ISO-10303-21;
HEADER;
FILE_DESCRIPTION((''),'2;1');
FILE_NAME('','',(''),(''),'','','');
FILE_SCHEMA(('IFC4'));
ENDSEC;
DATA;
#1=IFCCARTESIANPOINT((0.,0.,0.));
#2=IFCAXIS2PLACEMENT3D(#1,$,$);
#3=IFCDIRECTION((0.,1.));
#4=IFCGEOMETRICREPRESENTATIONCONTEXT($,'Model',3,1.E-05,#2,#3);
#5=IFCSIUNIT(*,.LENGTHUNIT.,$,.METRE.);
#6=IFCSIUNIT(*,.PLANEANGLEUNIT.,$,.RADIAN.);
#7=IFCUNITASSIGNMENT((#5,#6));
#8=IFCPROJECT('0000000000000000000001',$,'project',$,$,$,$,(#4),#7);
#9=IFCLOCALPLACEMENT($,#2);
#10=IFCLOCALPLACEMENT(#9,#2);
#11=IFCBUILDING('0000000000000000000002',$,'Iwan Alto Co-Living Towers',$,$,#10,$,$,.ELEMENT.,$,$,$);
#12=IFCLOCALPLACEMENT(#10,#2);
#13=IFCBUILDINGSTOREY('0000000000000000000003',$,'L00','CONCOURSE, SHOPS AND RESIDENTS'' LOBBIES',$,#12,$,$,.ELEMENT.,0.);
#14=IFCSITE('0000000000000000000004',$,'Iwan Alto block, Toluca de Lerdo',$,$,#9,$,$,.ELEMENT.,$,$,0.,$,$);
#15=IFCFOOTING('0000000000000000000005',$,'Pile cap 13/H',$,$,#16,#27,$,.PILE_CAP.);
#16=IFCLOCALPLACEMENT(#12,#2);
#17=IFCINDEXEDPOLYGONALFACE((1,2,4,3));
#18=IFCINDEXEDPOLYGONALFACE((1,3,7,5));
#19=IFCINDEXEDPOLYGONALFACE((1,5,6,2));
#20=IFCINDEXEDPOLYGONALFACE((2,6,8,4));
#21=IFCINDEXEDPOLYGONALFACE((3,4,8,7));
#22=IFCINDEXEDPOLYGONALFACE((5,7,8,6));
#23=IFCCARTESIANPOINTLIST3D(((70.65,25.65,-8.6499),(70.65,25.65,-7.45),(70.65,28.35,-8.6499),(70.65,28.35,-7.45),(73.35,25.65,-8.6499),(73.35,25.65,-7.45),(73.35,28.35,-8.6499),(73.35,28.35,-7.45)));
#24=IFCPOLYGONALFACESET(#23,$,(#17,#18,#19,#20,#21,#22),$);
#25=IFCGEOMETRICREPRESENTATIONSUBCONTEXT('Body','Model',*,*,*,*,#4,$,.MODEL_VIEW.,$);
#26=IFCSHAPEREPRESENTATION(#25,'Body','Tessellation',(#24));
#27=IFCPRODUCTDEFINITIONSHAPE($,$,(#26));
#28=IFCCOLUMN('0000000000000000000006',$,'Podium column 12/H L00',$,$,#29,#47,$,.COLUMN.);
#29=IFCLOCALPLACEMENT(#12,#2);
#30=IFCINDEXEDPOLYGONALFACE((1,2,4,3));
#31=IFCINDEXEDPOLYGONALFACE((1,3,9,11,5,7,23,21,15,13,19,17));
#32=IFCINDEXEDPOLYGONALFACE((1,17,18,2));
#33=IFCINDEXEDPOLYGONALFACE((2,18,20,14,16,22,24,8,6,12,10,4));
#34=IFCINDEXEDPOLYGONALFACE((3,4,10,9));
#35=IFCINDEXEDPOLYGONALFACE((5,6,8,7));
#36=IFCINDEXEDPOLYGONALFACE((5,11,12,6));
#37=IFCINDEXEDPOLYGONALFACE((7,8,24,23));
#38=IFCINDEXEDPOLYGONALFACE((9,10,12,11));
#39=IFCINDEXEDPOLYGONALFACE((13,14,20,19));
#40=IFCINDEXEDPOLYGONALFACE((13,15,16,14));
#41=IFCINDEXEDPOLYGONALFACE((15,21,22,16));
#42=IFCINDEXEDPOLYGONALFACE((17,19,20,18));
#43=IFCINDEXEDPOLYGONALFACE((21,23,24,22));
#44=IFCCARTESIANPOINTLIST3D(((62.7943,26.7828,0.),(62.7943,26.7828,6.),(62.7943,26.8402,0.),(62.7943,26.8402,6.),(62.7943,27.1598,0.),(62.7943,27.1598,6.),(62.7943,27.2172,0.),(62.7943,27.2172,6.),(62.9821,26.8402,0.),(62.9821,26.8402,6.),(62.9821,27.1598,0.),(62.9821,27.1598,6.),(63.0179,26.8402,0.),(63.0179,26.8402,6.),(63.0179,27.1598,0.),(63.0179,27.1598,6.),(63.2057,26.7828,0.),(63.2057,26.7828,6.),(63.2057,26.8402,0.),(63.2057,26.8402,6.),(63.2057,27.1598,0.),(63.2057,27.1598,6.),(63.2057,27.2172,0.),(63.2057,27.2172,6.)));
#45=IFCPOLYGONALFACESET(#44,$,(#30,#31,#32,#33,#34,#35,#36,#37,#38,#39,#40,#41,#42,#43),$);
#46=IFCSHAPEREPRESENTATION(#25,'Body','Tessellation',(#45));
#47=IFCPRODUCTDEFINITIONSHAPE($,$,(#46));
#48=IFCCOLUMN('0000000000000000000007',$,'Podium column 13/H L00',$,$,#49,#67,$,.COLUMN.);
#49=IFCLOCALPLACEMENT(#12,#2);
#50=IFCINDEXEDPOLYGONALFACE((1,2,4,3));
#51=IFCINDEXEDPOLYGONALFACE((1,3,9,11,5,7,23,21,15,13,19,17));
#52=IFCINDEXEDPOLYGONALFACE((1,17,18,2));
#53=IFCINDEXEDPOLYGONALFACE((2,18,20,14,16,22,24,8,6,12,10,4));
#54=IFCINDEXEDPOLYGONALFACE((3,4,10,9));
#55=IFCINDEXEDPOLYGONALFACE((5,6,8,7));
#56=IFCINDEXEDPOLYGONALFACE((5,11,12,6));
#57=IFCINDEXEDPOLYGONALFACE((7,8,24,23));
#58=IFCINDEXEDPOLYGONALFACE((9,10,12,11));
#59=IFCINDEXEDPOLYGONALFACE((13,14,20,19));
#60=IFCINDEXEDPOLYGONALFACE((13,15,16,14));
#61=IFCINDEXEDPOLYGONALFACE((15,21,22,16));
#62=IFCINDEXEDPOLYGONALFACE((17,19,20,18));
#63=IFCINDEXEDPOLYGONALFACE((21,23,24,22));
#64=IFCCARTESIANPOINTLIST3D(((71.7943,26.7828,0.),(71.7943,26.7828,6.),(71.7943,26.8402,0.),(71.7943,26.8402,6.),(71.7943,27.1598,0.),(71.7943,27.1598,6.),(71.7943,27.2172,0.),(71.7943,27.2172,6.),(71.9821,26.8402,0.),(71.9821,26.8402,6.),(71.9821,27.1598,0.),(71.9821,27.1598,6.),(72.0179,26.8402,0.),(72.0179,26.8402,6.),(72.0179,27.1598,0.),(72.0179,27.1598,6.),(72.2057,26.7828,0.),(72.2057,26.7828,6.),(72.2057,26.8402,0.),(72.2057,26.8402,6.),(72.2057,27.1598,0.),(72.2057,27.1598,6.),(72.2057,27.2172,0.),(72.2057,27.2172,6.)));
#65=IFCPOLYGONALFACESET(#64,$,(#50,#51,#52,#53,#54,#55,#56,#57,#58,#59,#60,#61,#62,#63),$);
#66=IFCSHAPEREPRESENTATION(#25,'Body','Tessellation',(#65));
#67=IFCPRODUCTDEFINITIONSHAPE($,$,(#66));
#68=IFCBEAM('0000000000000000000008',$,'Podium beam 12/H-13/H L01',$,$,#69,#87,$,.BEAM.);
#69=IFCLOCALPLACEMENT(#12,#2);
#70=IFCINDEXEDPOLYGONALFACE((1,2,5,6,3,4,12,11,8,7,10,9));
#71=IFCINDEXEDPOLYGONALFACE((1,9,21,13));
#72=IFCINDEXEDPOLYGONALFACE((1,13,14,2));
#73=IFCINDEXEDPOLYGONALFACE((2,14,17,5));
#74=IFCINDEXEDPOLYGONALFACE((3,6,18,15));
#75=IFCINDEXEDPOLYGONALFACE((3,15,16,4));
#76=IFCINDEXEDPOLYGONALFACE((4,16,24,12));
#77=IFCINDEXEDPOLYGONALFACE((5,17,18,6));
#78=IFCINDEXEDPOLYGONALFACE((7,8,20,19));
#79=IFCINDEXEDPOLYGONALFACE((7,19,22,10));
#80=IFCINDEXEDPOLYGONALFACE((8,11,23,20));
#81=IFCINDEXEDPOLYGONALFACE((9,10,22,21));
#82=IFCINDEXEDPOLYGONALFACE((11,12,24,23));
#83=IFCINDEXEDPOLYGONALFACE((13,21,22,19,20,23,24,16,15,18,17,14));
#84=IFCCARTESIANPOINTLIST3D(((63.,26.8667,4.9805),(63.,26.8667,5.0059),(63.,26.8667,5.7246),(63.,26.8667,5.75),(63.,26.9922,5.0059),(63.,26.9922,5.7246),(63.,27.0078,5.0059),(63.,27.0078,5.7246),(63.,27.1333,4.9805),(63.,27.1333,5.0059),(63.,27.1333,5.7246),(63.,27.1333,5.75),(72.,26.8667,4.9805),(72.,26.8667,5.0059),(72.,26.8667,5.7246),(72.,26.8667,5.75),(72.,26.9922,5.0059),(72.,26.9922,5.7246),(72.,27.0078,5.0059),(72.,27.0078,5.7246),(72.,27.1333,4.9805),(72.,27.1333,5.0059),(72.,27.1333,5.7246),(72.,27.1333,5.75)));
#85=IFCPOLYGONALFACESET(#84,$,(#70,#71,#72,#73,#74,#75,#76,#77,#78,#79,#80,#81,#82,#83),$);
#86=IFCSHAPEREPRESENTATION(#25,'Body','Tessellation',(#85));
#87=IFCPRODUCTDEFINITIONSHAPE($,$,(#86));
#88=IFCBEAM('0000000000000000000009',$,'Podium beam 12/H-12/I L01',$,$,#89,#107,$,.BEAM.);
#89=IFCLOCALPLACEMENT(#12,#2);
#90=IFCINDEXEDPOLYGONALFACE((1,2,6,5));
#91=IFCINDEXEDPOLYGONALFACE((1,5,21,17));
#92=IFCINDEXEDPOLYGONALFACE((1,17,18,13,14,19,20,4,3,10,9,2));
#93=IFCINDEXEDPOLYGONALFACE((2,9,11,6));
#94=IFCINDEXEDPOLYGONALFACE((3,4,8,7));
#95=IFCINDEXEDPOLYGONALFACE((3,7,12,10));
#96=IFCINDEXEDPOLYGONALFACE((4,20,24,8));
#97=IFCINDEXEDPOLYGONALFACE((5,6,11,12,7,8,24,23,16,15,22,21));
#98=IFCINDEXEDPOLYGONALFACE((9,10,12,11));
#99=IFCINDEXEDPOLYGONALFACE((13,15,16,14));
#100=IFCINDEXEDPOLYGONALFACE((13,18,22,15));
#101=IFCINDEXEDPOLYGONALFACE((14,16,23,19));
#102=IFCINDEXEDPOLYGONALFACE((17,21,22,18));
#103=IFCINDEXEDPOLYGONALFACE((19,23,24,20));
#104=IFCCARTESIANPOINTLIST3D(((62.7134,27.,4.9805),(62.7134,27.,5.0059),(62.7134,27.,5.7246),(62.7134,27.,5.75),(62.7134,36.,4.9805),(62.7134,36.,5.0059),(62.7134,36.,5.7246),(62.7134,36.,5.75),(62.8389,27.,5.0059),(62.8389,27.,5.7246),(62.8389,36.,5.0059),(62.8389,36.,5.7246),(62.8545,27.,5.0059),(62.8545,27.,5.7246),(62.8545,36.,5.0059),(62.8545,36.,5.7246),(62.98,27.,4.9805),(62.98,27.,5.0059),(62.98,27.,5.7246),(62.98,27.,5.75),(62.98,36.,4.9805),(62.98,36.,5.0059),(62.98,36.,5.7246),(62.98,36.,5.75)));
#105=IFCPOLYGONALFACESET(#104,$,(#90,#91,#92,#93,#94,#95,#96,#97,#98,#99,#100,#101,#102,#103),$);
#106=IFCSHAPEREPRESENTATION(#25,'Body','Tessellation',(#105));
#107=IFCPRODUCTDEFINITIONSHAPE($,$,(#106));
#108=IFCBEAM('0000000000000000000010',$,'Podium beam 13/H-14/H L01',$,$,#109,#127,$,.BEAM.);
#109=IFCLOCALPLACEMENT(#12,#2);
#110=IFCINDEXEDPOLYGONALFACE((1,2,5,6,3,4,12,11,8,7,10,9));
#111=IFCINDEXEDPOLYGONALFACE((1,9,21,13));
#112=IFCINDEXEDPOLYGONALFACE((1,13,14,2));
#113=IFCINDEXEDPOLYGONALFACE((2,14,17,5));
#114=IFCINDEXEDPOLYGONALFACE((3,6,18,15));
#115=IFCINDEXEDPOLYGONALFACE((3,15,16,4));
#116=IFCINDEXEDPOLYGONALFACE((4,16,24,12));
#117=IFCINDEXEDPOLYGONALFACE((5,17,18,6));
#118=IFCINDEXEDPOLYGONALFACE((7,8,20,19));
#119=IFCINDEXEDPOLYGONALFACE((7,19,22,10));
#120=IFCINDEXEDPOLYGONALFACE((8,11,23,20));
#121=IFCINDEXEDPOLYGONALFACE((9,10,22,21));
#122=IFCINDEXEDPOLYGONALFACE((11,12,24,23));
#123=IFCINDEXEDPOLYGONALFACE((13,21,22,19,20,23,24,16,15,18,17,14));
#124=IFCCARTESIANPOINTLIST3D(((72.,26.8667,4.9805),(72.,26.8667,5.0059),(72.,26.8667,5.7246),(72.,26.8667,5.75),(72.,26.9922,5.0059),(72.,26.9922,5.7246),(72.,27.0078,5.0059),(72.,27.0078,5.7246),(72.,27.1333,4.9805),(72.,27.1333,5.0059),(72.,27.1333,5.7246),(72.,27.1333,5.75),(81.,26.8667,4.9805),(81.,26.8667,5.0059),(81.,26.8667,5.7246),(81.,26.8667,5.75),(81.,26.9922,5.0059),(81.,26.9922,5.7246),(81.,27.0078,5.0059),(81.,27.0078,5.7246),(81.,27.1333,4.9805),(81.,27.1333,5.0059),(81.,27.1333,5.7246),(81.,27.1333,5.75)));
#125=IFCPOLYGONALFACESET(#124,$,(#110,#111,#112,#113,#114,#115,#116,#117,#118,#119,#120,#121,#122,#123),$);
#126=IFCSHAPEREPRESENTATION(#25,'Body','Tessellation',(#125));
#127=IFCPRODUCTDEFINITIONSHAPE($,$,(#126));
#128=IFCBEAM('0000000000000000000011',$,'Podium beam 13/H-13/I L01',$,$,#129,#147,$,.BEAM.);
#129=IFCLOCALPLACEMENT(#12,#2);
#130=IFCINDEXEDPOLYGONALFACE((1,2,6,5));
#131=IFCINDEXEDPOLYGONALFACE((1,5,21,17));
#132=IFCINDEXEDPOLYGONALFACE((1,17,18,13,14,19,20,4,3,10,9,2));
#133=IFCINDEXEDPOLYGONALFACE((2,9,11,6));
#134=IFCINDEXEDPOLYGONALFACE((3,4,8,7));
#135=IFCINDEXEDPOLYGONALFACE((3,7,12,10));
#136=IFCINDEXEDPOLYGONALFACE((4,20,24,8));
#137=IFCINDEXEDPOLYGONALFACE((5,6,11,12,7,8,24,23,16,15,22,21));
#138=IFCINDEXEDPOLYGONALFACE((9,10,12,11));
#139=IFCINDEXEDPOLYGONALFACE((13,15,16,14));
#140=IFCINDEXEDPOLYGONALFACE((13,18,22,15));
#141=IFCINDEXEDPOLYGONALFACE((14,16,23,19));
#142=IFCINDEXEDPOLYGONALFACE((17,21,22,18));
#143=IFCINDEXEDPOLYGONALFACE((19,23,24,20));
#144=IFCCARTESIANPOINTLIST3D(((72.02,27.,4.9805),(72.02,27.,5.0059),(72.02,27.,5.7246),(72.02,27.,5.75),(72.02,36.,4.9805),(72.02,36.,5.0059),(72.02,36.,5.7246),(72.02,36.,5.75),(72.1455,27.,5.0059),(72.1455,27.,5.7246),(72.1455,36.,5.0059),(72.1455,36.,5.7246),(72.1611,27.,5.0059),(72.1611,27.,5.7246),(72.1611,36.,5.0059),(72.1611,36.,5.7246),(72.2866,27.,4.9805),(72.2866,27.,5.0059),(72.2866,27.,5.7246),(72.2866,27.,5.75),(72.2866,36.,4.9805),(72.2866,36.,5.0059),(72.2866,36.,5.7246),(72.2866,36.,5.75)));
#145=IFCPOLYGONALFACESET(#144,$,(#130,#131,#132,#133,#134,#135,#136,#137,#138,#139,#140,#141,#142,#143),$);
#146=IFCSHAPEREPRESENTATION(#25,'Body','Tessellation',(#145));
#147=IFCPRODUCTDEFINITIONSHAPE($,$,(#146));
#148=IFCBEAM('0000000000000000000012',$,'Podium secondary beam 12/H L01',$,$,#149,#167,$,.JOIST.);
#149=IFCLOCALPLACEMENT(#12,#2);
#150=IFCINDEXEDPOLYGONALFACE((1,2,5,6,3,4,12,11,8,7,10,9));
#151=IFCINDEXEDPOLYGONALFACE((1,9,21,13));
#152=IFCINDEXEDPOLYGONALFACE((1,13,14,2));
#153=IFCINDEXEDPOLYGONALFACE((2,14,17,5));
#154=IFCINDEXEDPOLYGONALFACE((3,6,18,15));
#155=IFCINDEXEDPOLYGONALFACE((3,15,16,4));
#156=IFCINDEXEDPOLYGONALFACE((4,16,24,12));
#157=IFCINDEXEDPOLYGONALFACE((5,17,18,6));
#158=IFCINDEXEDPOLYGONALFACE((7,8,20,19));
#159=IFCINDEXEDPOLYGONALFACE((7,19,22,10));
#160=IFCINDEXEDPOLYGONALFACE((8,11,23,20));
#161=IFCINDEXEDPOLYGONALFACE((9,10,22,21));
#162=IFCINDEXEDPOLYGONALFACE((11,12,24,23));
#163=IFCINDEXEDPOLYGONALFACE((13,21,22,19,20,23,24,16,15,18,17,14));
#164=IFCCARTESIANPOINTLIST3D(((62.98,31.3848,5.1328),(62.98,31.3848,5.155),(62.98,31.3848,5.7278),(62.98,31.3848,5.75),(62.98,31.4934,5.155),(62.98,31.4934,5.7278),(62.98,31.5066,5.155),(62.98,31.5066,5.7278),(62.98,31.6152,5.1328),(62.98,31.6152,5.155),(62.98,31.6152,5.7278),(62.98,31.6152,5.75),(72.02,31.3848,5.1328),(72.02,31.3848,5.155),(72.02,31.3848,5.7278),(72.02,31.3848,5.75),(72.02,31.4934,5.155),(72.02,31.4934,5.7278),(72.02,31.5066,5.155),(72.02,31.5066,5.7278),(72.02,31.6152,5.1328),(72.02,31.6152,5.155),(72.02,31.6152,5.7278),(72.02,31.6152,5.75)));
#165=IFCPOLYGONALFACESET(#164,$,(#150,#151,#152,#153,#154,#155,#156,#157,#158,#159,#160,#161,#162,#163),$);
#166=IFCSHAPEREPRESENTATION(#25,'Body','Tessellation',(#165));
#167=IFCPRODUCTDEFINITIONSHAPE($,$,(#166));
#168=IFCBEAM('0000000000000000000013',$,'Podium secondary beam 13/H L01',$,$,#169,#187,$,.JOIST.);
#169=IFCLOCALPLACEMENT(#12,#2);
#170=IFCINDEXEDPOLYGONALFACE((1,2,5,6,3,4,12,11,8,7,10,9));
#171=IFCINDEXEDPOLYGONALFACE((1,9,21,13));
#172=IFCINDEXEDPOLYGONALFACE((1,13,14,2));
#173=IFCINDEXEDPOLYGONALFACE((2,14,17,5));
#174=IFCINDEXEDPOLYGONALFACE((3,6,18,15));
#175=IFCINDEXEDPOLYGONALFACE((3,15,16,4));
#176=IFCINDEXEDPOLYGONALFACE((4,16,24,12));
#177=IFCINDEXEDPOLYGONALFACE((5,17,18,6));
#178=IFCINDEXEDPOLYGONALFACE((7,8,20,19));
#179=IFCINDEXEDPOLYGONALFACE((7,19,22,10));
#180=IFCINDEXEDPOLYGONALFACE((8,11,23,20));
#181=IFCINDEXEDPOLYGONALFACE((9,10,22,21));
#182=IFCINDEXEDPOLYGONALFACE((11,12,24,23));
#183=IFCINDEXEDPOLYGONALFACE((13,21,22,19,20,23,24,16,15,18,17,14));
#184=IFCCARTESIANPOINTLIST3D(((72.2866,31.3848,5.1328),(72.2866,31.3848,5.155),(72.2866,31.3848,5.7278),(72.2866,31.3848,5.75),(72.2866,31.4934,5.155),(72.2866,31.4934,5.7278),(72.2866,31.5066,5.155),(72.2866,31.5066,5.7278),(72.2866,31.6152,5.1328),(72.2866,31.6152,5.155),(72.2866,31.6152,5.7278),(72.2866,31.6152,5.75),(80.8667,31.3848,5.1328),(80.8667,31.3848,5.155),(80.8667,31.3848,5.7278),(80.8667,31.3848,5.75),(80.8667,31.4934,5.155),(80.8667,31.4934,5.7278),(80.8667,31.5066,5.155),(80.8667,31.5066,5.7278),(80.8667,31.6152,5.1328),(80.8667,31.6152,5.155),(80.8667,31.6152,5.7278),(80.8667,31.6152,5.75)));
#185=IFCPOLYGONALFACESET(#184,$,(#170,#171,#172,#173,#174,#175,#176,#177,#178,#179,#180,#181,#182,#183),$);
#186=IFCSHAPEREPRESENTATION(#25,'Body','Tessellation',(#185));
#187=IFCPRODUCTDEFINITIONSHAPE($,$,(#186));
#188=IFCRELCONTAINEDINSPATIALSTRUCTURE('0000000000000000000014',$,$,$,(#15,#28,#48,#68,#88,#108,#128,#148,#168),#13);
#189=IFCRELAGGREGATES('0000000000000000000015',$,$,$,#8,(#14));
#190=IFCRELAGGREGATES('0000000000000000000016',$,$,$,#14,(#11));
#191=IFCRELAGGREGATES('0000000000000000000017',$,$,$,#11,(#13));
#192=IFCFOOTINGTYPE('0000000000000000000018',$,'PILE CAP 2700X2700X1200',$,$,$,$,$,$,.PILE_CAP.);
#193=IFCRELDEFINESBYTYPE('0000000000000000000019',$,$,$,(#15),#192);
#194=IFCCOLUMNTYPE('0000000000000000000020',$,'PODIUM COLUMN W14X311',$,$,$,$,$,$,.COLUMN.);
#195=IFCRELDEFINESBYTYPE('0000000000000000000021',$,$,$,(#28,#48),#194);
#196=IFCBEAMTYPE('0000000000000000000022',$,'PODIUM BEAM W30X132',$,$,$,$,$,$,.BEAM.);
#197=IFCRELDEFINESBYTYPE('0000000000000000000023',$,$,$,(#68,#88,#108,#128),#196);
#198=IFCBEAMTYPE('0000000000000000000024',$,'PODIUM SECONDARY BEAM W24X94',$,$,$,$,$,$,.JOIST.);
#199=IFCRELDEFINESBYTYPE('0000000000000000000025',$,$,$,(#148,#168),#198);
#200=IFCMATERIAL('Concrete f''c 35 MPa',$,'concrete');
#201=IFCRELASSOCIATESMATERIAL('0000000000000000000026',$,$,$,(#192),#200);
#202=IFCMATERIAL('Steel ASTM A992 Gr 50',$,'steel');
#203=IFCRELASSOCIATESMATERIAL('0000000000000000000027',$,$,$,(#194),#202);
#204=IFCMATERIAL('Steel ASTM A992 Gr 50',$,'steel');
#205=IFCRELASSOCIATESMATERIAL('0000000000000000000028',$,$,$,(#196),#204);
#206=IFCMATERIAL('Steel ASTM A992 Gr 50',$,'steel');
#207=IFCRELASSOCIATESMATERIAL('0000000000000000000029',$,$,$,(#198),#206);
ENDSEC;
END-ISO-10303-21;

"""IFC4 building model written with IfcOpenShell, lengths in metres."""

from ifc_helpers import new_model, si_unit, direction, frame, origin, origin_2d, place, context, subcontext, project, spatial, rectangle, i_section, extrude, material, material_profile, profile_set, type_object, element, save


model = new_model("IFC4")

# Units and contexts
model_context = context("Model", 3, precision=1e-05, world=origin(), true_north=direction((0.0, 1.0)))
body_context = subcontext(model_context, "Body", "Model", "MODEL_VIEW")
ifc_project = project(units=[si_unit("LENGTHUNIT", "METRE"), si_unit("PLANEANGLEUNIT", "RADIAN")], contexts=[model_context])

# Site, building, storey
site_placement = place(None, origin())
site = spatial("IfcSite", under=ifc_project, at=site_placement, Name="Iwan Alto block, Toluca de Lerdo", CompositionType="ELEMENT", RefElevation=0.0)
building_placement = place(site_placement, origin())
building = spatial("IfcBuilding", under=site, at=building_placement, Name="Iwan Alto Co-Living Towers", CompositionType="ELEMENT")
storey_placement = place(building_placement, origin())
storey = spatial("IfcBuildingStorey", under=building, at=storey_placement, Name="L00", Description="CONCOURSE, SHOPS AND RESIDENTS' LOBBIES", CompositionType="ELEMENT", Elevation=0.0)

# Footing
ifc_material_1 = material(Name="Concrete f'c 35 MPa", Category="concrete")
footing_type = type_object("IfcFootingType", Name="PILE CAP 2700X2700X1200", PredefinedType="PILE_CAP", material=ifc_material_1)
for number, where, z_axis, x_axis, name in (
    (1, (72.0, 27.0, -8.6499), (0.0, 0.0, 1.0), (1.0, 0.0, 0.0), "Pile cap 13/H"),
):
    element("IfcFooting", number, at=place(storey_placement, frame(where, z_axis=z_axis, x_axis=x_axis)), inside=storey, type_object=footing_type, Name=name, PredefinedType="PILE_CAP", context=body_context, shape_type="SweptSolid", body=[
        extrude(rectangle(XDim=2.7, YDim=2.7, at=origin_2d()), origin(), (0.0, 0.0, 1.0), 1.2),
    ])

# Columns
ifc_material_2 = material(Name="Steel ASTM A992 Gr 50", Category="steel")
ifc_material_profile_1 = material_profile(ifc_material_2, i_section(OverallWidth=0.4114, OverallDepth=0.4343, WebThickness=0.0359, FlangeThickness=0.0574, at=origin_2d()), Name="W14X311")
ifc_profile_set_1 = profile_set([ifc_material_profile_1], Name="Steel ASTM A992 Gr 50")
column_type = type_object("IfcColumnType", Name="PODIUM COLUMN W14X311", PredefinedType="COLUMN", material=ifc_profile_set_1)
for number, where, z_axis, x_axis, name in (
    (2, (63.0, 27.0, 0.0), (0.0, 0.0, 1.0), (1.0, 0.0, 0.0), "Podium column 12/H L00"),
    (3, (72.0, 27.0, 0.0), (0.0, 0.0, 1.0), (1.0, 0.0, 0.0), "Podium column 13/H L00"),
):
    element("IfcColumn", number, at=place(storey_placement, frame(where, z_axis=z_axis, x_axis=x_axis)), inside=storey, type_object=column_type, Name=name, PredefinedType="COLUMN", context=body_context, shape_type="SweptSolid", body=[
        extrude(i_section(OverallWidth=0.4114, OverallDepth=0.4343, WebThickness=0.0359, FlangeThickness=0.0574, at=origin_2d()), origin(), (0.0, 0.0, 1.0), 6.0),
    ])

# Beams
ifc_material_3 = material(Name="Steel ASTM A992 Gr 50", Category="steel")
ifc_material_profile_2 = material_profile(ifc_material_3, i_section(OverallWidth=0.2666, OverallDepth=0.7695, WebThickness=0.0156, FlangeThickness=0.0254, at=origin_2d()), Name="W30X132")
ifc_profile_set_2 = profile_set([ifc_material_profile_2], Name="Steel ASTM A992 Gr 50")
beam_type_1 = type_object("IfcBeamType", Name="PODIUM BEAM W30X132", PredefinedType="BEAM", material=ifc_profile_set_2)
for number, where, z_axis, x_axis, name in (
    (4, (63.0, 27.0, 5.3652), (1.0, 0.0, 0.0), (0.0, 1.0, 0.0), "Podium beam 12/H-13/H L01"),
    (5, (62.8467, 27.0, 5.3652), (0.0, 1.0, 0.0), (-1.0, 0.0, 0.0), "Podium beam 12/H-12/I L01"),
    (6, (72.0, 27.0, 5.3652), (1.0, 0.0, 0.0), (0.0, 1.0, 0.0), "Podium beam 13/H-14/H L01"),
    (7, (72.1533, 27.0, 5.3652), (0.0, 1.0, 0.0), (-1.0, 0.0, 0.0), "Podium beam 13/H-13/I L01"),
):
    element("IfcBeam", number, at=place(storey_placement, frame(where, z_axis=z_axis, x_axis=x_axis)), inside=storey, type_object=beam_type_1, Name=name, PredefinedType="BEAM", context=body_context, shape_type="SweptSolid", body=[
        extrude(i_section(OverallWidth=0.2666, OverallDepth=0.7695, WebThickness=0.0156, FlangeThickness=0.0254, at=origin_2d()), origin(), (0.0, 0.0, 1.0), 9.0),
    ])
ifc_material_4 = material(Name="Steel ASTM A992 Gr 50", Category="steel")
ifc_material_profile_3 = material_profile(ifc_material_4, i_section(OverallWidth=0.2305, OverallDepth=0.6172, WebThickness=0.0132, FlangeThickness=0.0222, at=origin_2d()), Name="W24X94")
ifc_profile_set_3 = profile_set([ifc_material_profile_3], Name="Steel ASTM A992 Gr 50")
beam_type_2 = type_object("IfcBeamType", Name="PODIUM SECONDARY BEAM W24X94", PredefinedType="JOIST", material=ifc_profile_set_3)
beam_1_placement = place(storey_placement, frame((62.98, 31.5, 5.4414), z_axis=(1.0, 0.0, 0.0), x_axis=(0.0, 1.0, 0.0)))
element("IfcBeam", 8, at=beam_1_placement, inside=storey, type_object=beam_type_2, Name="Podium secondary beam 12/H L01", PredefinedType="JOIST", context=body_context, shape_type="SweptSolid", body=[
    extrude(i_section(OverallWidth=0.2305, OverallDepth=0.6172, WebThickness=0.0132, FlangeThickness=0.0222, at=origin_2d()), origin(), (0.0, 0.0, 1.0), 9.04),
])
beam_2_placement = place(storey_placement, frame((72.2866, 31.5, 5.4414), z_axis=(1.0, 0.0, 0.0), x_axis=(0.0, 1.0, 0.0)))
element("IfcBeam", 9, at=beam_2_placement, inside=storey, type_object=beam_type_2, Name="Podium secondary beam 13/H L01", PredefinedType="JOIST", context=body_context, shape_type="SweptSolid", body=[
    extrude(i_section(OverallWidth=0.2305, OverallDepth=0.6172, WebThickness=0.0132, FlangeThickness=0.0222, at=origin_2d()), origin(), (0.0, 0.0, 1.0), 8.5801),
])

save(model, "model.ifc")
